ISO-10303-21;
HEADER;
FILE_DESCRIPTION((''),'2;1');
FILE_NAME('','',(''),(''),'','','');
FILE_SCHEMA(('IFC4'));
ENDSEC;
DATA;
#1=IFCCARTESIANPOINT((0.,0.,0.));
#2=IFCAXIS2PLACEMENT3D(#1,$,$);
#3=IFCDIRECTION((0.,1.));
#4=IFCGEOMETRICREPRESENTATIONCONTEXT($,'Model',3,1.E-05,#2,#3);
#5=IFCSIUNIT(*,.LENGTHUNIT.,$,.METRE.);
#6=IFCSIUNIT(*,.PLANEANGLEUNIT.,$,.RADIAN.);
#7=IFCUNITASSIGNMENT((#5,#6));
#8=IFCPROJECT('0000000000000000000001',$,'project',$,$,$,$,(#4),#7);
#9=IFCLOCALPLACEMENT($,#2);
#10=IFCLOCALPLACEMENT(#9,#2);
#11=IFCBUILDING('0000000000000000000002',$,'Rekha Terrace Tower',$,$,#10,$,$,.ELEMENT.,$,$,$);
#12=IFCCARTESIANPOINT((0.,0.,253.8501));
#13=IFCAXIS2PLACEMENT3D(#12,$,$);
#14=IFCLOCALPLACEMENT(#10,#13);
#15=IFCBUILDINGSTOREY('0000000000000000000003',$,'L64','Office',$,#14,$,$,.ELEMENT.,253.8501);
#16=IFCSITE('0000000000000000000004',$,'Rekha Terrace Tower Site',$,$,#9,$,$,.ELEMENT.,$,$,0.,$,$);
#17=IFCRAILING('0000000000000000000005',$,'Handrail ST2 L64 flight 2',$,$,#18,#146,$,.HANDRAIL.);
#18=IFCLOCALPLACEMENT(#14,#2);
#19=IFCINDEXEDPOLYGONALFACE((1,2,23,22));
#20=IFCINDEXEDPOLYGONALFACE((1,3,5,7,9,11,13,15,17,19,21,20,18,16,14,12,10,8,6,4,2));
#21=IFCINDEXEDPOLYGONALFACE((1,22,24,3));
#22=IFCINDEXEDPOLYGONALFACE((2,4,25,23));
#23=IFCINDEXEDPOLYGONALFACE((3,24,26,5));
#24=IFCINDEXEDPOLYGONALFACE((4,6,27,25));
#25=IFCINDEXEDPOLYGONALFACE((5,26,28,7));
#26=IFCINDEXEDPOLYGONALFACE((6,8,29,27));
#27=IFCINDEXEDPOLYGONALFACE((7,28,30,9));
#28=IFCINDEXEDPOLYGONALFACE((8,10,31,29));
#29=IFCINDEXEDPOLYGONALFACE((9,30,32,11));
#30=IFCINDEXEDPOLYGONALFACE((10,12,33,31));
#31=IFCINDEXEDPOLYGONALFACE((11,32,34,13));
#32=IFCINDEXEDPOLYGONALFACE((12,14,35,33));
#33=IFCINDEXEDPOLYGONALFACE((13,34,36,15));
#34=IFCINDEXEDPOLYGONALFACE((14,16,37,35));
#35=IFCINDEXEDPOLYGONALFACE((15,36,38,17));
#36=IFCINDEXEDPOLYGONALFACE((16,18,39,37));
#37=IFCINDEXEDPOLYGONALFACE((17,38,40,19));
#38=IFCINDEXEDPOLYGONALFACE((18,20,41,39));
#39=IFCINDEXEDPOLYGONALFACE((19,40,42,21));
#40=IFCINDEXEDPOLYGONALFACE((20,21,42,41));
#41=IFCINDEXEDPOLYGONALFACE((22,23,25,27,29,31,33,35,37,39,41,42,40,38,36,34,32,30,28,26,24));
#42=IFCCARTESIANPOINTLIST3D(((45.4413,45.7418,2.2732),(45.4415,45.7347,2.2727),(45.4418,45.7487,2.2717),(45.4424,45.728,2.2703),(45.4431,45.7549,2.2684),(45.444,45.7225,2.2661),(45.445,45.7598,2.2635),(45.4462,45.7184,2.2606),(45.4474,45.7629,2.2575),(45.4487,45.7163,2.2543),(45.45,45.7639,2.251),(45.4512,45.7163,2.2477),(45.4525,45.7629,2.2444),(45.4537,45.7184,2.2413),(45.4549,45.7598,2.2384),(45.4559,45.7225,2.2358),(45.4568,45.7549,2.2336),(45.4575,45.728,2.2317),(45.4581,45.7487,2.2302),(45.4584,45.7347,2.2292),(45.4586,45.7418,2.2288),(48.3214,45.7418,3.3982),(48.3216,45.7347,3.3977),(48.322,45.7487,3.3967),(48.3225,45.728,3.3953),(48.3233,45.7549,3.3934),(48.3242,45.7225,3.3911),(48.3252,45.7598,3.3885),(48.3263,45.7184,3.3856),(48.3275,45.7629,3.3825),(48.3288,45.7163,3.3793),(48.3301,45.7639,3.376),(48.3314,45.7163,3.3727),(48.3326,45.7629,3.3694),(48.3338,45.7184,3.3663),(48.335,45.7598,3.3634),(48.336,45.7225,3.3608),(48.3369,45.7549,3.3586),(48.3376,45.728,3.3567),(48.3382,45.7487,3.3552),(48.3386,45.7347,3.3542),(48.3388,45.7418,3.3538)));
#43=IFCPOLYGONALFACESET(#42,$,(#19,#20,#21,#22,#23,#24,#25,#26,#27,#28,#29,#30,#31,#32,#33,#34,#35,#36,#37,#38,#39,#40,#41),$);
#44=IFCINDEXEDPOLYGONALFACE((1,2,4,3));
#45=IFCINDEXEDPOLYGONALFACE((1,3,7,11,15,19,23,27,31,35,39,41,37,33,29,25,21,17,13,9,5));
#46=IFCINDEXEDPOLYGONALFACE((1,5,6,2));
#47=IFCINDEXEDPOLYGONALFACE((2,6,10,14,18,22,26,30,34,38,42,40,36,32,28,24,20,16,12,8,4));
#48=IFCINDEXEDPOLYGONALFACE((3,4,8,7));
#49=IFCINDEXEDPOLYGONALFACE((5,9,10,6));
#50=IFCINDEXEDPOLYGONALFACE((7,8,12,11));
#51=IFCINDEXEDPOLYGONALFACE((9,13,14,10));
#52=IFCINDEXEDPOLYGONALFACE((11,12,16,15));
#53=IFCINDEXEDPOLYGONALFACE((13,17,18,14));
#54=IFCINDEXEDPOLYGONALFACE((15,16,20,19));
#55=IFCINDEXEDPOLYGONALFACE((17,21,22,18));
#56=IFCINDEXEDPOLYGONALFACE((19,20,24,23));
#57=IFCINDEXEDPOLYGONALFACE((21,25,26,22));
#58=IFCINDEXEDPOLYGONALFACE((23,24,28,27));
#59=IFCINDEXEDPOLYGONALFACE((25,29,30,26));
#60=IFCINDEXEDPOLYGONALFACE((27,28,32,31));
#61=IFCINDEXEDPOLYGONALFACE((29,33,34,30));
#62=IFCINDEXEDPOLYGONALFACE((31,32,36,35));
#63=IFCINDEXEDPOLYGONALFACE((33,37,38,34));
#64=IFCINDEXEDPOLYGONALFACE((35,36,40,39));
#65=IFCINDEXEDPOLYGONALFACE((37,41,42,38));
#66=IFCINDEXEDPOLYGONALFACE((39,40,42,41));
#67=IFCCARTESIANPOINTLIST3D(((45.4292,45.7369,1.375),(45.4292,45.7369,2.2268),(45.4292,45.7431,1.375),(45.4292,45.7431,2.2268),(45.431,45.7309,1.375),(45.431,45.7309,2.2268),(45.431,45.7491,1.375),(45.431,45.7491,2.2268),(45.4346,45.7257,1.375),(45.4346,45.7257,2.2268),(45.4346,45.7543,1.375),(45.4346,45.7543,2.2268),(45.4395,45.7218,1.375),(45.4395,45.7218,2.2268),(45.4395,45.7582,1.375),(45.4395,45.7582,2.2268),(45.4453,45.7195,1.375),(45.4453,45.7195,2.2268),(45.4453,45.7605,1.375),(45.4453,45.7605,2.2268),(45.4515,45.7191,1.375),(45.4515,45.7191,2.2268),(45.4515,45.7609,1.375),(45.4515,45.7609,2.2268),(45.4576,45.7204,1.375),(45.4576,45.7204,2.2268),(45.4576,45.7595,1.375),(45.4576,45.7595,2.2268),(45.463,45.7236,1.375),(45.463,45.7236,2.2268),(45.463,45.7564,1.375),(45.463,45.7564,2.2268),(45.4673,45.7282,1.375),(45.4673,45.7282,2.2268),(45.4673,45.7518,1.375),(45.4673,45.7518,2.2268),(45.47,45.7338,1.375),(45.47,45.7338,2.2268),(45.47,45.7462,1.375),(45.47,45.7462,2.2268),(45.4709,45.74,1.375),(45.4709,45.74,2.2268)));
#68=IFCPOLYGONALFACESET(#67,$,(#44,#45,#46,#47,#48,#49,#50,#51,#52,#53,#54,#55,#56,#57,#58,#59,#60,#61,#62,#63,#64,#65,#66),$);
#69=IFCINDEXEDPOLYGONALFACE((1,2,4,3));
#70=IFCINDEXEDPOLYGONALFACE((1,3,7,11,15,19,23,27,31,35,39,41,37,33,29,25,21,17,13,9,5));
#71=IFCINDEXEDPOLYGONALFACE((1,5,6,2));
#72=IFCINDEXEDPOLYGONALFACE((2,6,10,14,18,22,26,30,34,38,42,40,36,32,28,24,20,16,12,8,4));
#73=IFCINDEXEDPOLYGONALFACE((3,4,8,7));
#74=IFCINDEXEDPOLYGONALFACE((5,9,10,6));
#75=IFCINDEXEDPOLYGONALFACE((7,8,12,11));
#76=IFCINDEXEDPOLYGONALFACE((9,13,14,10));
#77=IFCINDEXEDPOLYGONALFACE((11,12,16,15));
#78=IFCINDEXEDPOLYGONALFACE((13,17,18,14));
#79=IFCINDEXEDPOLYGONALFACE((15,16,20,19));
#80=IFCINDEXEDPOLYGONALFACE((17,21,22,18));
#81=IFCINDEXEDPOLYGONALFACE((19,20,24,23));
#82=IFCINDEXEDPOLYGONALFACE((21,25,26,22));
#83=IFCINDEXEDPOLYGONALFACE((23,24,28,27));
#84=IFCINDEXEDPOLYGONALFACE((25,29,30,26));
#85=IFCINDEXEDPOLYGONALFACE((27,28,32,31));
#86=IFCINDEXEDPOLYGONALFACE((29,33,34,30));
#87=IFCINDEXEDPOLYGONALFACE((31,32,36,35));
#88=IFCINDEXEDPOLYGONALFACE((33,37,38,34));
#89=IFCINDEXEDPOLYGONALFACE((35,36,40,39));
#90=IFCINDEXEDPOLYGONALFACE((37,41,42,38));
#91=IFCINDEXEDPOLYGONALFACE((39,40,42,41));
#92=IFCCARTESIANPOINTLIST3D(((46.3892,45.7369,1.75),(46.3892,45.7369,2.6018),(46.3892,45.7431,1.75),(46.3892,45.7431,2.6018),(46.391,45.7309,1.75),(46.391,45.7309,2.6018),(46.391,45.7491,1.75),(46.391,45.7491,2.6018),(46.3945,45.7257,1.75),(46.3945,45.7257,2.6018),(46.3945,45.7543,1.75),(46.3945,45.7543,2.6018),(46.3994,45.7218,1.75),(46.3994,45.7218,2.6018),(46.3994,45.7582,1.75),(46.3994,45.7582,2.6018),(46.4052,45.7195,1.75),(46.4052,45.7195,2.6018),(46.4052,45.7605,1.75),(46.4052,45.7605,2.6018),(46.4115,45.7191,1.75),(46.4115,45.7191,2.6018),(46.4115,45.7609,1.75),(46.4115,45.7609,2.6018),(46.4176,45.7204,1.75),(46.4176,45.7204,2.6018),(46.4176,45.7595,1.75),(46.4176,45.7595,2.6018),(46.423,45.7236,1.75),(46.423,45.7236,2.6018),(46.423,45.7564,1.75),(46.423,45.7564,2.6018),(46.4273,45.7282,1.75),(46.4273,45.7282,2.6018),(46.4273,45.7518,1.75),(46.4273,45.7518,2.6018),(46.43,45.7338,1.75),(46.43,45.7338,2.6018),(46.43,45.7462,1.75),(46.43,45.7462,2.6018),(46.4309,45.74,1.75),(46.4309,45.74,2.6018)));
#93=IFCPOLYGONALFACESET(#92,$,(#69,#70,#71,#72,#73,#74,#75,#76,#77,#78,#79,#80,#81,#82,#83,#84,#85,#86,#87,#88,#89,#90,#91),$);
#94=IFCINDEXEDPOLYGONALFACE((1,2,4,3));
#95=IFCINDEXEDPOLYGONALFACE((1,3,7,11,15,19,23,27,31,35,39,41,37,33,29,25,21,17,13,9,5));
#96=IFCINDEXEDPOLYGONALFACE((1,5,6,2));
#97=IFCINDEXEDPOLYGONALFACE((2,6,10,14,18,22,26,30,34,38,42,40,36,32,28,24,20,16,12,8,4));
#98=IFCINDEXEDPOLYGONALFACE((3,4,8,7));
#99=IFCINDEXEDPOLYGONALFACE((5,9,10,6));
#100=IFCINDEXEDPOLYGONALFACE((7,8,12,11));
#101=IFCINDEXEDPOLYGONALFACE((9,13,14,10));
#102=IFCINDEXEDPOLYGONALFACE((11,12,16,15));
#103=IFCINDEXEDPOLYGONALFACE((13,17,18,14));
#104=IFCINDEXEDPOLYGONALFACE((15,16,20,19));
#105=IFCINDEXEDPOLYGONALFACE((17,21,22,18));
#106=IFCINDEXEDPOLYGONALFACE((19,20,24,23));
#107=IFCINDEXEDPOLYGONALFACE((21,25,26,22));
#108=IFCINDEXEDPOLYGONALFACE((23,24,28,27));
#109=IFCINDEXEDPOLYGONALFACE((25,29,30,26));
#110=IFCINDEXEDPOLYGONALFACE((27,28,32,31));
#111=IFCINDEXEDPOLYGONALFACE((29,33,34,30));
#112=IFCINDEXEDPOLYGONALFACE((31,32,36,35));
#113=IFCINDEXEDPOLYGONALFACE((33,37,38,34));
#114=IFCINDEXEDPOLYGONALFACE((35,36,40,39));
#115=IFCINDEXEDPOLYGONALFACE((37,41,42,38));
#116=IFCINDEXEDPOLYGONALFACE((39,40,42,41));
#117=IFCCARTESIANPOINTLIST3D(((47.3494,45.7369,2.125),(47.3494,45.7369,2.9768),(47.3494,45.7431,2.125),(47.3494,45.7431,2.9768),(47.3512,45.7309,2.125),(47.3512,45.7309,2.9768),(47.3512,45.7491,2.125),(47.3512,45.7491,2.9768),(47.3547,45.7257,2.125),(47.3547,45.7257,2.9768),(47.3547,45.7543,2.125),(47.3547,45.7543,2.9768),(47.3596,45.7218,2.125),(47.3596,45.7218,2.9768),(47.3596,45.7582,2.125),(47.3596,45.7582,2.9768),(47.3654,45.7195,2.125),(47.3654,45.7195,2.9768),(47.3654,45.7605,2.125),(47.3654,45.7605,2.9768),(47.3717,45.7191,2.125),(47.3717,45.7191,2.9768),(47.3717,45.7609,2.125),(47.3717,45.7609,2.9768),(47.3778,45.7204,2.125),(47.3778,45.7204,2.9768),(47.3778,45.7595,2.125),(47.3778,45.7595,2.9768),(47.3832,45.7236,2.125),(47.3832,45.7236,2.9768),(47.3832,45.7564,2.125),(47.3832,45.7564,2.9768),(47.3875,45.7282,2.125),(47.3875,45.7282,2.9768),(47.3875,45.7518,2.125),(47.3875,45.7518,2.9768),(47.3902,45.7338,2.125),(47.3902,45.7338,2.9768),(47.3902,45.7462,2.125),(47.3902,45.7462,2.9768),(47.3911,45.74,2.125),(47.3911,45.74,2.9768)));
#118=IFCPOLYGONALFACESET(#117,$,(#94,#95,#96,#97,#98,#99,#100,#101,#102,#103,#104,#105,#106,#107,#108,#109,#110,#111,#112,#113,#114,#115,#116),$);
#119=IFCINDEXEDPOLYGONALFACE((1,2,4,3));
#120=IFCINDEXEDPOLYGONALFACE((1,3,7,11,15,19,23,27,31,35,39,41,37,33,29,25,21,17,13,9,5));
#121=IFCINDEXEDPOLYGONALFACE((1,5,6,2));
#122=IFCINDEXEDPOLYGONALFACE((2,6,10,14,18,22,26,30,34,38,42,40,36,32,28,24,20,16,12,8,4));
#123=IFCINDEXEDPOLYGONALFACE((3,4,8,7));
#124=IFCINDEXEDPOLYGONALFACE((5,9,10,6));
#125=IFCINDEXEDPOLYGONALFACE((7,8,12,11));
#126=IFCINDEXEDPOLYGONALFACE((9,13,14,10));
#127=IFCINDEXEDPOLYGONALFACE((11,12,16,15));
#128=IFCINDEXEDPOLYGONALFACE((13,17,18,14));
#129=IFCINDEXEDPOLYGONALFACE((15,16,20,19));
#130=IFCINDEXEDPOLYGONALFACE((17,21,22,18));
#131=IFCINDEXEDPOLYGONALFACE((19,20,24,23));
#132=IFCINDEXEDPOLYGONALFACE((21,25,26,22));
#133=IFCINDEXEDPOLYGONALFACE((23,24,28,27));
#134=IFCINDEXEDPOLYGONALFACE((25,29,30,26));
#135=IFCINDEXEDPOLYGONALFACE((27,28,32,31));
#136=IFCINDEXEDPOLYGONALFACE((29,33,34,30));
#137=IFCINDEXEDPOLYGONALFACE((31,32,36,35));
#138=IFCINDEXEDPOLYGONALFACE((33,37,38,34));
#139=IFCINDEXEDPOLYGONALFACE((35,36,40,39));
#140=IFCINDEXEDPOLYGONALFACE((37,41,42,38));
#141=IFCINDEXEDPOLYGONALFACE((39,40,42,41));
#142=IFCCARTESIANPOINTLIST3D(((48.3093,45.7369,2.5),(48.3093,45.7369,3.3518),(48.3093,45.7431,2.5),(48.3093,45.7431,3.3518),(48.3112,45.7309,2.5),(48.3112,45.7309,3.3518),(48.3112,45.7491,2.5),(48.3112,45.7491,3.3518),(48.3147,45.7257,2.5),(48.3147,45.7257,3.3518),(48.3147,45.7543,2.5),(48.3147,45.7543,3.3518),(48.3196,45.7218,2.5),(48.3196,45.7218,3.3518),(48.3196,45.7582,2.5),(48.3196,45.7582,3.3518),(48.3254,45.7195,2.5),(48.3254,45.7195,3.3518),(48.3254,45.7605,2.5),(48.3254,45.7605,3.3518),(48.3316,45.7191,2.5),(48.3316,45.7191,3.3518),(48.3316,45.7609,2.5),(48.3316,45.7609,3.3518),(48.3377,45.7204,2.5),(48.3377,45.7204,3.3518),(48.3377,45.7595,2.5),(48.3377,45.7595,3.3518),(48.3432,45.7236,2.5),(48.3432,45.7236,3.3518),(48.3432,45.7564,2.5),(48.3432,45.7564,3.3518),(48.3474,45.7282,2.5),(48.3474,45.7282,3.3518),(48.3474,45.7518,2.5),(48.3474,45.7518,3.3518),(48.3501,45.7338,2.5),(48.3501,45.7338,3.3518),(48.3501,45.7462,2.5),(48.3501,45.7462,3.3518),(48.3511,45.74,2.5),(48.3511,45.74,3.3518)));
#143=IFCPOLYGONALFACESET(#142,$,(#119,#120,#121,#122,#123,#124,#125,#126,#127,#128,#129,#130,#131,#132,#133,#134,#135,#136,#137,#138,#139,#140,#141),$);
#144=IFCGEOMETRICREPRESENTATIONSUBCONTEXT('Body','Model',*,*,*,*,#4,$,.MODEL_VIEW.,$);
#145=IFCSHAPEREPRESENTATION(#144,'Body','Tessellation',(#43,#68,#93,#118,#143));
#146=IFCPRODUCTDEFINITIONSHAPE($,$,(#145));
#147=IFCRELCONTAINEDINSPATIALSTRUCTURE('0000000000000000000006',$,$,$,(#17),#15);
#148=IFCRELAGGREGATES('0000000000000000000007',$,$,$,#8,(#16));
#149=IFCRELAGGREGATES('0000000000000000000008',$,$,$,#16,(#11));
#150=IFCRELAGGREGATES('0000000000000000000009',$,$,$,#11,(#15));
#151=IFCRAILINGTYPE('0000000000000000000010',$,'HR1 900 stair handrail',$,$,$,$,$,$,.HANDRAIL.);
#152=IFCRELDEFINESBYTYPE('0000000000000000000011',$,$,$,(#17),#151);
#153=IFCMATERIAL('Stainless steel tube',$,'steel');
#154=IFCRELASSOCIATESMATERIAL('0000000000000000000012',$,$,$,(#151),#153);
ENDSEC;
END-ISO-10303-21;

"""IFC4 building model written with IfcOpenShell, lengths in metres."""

from ifc_helpers import new_model, si_unit, direction, frame, origin, origin_2d, place, context, subcontext, project, spatial, circle, extrude, material, type_object, element, save


model = new_model("IFC4")

# Units and contexts
model_context = context("Model", 3, precision=1e-05, world=origin(), true_north=direction((0.0, 1.0)))
body_context = subcontext(model_context, "Body", "Model", "MODEL_VIEW")
ifc_project = project(units=[si_unit("LENGTHUNIT", "METRE"), si_unit("PLANEANGLEUNIT", "RADIAN")], contexts=[model_context])

# Site, building, storey
site_placement = place(None, origin())
site = spatial("IfcSite", under=ifc_project, at=site_placement, Name="Rekha Terrace Tower Site", CompositionType="ELEMENT", RefElevation=0.0)
building_placement = place(site_placement, origin())
building = spatial("IfcBuilding", under=site, at=building_placement, Name="Rekha Terrace Tower", CompositionType="ELEMENT")
storey_placement = place(building_placement, frame((0.0, 0.0, 253.8501)))
storey = spatial("IfcBuildingStorey", under=building, at=storey_placement, Name="L64", Description="Office", CompositionType="ELEMENT", Elevation=253.8501)

# Railing
ifc_material_1 = material(Name="Stainless steel tube", Category="steel")
railing_type_1 = type_object("IfcRailingType", Name="HR1 900 stair handrail", PredefinedType="HANDRAIL", material=ifc_material_1)
railing_1_placement = place(storey_placement, frame((45.45, 45.74, 1.375)))
element("IfcRailing", 1, at=railing_1_placement, inside=storey, type_object=railing_type_1, Name="Handrail ST2 L64 flight 2", PredefinedType="HANDRAIL", context=body_context, shape_type="SweptSolid", body=[
    extrude(circle(Radius=0.0239, at=origin_2d()), frame((0.0, 0.0, 0.876), z_axis=(0.931463, 0.0, 0.363837), x_axis=(0.0, 1.0, 0.0)), (0.0, 0.0, 1.0), 3.092),
    extrude(circle(Radius=0.021, at=origin_2d()), origin(), (0.0, 0.0, 1.0), 0.8518),
    extrude(circle(Radius=0.021, at=origin_2d()), frame((0.96, 0.0, 0.375)), (0.0, 0.0, 1.0), 0.8518),
    extrude(circle(Radius=0.021, at=origin_2d()), frame((1.9202, 0.0, 0.75)), (0.0, 0.0, 1.0), 0.8518),
    extrude(circle(Radius=0.021, at=origin_2d()), frame((2.8801, 0.0, 1.125)), (0.0, 0.0, 1.0), 0.8518),
])

save(model, "model.ifc")
